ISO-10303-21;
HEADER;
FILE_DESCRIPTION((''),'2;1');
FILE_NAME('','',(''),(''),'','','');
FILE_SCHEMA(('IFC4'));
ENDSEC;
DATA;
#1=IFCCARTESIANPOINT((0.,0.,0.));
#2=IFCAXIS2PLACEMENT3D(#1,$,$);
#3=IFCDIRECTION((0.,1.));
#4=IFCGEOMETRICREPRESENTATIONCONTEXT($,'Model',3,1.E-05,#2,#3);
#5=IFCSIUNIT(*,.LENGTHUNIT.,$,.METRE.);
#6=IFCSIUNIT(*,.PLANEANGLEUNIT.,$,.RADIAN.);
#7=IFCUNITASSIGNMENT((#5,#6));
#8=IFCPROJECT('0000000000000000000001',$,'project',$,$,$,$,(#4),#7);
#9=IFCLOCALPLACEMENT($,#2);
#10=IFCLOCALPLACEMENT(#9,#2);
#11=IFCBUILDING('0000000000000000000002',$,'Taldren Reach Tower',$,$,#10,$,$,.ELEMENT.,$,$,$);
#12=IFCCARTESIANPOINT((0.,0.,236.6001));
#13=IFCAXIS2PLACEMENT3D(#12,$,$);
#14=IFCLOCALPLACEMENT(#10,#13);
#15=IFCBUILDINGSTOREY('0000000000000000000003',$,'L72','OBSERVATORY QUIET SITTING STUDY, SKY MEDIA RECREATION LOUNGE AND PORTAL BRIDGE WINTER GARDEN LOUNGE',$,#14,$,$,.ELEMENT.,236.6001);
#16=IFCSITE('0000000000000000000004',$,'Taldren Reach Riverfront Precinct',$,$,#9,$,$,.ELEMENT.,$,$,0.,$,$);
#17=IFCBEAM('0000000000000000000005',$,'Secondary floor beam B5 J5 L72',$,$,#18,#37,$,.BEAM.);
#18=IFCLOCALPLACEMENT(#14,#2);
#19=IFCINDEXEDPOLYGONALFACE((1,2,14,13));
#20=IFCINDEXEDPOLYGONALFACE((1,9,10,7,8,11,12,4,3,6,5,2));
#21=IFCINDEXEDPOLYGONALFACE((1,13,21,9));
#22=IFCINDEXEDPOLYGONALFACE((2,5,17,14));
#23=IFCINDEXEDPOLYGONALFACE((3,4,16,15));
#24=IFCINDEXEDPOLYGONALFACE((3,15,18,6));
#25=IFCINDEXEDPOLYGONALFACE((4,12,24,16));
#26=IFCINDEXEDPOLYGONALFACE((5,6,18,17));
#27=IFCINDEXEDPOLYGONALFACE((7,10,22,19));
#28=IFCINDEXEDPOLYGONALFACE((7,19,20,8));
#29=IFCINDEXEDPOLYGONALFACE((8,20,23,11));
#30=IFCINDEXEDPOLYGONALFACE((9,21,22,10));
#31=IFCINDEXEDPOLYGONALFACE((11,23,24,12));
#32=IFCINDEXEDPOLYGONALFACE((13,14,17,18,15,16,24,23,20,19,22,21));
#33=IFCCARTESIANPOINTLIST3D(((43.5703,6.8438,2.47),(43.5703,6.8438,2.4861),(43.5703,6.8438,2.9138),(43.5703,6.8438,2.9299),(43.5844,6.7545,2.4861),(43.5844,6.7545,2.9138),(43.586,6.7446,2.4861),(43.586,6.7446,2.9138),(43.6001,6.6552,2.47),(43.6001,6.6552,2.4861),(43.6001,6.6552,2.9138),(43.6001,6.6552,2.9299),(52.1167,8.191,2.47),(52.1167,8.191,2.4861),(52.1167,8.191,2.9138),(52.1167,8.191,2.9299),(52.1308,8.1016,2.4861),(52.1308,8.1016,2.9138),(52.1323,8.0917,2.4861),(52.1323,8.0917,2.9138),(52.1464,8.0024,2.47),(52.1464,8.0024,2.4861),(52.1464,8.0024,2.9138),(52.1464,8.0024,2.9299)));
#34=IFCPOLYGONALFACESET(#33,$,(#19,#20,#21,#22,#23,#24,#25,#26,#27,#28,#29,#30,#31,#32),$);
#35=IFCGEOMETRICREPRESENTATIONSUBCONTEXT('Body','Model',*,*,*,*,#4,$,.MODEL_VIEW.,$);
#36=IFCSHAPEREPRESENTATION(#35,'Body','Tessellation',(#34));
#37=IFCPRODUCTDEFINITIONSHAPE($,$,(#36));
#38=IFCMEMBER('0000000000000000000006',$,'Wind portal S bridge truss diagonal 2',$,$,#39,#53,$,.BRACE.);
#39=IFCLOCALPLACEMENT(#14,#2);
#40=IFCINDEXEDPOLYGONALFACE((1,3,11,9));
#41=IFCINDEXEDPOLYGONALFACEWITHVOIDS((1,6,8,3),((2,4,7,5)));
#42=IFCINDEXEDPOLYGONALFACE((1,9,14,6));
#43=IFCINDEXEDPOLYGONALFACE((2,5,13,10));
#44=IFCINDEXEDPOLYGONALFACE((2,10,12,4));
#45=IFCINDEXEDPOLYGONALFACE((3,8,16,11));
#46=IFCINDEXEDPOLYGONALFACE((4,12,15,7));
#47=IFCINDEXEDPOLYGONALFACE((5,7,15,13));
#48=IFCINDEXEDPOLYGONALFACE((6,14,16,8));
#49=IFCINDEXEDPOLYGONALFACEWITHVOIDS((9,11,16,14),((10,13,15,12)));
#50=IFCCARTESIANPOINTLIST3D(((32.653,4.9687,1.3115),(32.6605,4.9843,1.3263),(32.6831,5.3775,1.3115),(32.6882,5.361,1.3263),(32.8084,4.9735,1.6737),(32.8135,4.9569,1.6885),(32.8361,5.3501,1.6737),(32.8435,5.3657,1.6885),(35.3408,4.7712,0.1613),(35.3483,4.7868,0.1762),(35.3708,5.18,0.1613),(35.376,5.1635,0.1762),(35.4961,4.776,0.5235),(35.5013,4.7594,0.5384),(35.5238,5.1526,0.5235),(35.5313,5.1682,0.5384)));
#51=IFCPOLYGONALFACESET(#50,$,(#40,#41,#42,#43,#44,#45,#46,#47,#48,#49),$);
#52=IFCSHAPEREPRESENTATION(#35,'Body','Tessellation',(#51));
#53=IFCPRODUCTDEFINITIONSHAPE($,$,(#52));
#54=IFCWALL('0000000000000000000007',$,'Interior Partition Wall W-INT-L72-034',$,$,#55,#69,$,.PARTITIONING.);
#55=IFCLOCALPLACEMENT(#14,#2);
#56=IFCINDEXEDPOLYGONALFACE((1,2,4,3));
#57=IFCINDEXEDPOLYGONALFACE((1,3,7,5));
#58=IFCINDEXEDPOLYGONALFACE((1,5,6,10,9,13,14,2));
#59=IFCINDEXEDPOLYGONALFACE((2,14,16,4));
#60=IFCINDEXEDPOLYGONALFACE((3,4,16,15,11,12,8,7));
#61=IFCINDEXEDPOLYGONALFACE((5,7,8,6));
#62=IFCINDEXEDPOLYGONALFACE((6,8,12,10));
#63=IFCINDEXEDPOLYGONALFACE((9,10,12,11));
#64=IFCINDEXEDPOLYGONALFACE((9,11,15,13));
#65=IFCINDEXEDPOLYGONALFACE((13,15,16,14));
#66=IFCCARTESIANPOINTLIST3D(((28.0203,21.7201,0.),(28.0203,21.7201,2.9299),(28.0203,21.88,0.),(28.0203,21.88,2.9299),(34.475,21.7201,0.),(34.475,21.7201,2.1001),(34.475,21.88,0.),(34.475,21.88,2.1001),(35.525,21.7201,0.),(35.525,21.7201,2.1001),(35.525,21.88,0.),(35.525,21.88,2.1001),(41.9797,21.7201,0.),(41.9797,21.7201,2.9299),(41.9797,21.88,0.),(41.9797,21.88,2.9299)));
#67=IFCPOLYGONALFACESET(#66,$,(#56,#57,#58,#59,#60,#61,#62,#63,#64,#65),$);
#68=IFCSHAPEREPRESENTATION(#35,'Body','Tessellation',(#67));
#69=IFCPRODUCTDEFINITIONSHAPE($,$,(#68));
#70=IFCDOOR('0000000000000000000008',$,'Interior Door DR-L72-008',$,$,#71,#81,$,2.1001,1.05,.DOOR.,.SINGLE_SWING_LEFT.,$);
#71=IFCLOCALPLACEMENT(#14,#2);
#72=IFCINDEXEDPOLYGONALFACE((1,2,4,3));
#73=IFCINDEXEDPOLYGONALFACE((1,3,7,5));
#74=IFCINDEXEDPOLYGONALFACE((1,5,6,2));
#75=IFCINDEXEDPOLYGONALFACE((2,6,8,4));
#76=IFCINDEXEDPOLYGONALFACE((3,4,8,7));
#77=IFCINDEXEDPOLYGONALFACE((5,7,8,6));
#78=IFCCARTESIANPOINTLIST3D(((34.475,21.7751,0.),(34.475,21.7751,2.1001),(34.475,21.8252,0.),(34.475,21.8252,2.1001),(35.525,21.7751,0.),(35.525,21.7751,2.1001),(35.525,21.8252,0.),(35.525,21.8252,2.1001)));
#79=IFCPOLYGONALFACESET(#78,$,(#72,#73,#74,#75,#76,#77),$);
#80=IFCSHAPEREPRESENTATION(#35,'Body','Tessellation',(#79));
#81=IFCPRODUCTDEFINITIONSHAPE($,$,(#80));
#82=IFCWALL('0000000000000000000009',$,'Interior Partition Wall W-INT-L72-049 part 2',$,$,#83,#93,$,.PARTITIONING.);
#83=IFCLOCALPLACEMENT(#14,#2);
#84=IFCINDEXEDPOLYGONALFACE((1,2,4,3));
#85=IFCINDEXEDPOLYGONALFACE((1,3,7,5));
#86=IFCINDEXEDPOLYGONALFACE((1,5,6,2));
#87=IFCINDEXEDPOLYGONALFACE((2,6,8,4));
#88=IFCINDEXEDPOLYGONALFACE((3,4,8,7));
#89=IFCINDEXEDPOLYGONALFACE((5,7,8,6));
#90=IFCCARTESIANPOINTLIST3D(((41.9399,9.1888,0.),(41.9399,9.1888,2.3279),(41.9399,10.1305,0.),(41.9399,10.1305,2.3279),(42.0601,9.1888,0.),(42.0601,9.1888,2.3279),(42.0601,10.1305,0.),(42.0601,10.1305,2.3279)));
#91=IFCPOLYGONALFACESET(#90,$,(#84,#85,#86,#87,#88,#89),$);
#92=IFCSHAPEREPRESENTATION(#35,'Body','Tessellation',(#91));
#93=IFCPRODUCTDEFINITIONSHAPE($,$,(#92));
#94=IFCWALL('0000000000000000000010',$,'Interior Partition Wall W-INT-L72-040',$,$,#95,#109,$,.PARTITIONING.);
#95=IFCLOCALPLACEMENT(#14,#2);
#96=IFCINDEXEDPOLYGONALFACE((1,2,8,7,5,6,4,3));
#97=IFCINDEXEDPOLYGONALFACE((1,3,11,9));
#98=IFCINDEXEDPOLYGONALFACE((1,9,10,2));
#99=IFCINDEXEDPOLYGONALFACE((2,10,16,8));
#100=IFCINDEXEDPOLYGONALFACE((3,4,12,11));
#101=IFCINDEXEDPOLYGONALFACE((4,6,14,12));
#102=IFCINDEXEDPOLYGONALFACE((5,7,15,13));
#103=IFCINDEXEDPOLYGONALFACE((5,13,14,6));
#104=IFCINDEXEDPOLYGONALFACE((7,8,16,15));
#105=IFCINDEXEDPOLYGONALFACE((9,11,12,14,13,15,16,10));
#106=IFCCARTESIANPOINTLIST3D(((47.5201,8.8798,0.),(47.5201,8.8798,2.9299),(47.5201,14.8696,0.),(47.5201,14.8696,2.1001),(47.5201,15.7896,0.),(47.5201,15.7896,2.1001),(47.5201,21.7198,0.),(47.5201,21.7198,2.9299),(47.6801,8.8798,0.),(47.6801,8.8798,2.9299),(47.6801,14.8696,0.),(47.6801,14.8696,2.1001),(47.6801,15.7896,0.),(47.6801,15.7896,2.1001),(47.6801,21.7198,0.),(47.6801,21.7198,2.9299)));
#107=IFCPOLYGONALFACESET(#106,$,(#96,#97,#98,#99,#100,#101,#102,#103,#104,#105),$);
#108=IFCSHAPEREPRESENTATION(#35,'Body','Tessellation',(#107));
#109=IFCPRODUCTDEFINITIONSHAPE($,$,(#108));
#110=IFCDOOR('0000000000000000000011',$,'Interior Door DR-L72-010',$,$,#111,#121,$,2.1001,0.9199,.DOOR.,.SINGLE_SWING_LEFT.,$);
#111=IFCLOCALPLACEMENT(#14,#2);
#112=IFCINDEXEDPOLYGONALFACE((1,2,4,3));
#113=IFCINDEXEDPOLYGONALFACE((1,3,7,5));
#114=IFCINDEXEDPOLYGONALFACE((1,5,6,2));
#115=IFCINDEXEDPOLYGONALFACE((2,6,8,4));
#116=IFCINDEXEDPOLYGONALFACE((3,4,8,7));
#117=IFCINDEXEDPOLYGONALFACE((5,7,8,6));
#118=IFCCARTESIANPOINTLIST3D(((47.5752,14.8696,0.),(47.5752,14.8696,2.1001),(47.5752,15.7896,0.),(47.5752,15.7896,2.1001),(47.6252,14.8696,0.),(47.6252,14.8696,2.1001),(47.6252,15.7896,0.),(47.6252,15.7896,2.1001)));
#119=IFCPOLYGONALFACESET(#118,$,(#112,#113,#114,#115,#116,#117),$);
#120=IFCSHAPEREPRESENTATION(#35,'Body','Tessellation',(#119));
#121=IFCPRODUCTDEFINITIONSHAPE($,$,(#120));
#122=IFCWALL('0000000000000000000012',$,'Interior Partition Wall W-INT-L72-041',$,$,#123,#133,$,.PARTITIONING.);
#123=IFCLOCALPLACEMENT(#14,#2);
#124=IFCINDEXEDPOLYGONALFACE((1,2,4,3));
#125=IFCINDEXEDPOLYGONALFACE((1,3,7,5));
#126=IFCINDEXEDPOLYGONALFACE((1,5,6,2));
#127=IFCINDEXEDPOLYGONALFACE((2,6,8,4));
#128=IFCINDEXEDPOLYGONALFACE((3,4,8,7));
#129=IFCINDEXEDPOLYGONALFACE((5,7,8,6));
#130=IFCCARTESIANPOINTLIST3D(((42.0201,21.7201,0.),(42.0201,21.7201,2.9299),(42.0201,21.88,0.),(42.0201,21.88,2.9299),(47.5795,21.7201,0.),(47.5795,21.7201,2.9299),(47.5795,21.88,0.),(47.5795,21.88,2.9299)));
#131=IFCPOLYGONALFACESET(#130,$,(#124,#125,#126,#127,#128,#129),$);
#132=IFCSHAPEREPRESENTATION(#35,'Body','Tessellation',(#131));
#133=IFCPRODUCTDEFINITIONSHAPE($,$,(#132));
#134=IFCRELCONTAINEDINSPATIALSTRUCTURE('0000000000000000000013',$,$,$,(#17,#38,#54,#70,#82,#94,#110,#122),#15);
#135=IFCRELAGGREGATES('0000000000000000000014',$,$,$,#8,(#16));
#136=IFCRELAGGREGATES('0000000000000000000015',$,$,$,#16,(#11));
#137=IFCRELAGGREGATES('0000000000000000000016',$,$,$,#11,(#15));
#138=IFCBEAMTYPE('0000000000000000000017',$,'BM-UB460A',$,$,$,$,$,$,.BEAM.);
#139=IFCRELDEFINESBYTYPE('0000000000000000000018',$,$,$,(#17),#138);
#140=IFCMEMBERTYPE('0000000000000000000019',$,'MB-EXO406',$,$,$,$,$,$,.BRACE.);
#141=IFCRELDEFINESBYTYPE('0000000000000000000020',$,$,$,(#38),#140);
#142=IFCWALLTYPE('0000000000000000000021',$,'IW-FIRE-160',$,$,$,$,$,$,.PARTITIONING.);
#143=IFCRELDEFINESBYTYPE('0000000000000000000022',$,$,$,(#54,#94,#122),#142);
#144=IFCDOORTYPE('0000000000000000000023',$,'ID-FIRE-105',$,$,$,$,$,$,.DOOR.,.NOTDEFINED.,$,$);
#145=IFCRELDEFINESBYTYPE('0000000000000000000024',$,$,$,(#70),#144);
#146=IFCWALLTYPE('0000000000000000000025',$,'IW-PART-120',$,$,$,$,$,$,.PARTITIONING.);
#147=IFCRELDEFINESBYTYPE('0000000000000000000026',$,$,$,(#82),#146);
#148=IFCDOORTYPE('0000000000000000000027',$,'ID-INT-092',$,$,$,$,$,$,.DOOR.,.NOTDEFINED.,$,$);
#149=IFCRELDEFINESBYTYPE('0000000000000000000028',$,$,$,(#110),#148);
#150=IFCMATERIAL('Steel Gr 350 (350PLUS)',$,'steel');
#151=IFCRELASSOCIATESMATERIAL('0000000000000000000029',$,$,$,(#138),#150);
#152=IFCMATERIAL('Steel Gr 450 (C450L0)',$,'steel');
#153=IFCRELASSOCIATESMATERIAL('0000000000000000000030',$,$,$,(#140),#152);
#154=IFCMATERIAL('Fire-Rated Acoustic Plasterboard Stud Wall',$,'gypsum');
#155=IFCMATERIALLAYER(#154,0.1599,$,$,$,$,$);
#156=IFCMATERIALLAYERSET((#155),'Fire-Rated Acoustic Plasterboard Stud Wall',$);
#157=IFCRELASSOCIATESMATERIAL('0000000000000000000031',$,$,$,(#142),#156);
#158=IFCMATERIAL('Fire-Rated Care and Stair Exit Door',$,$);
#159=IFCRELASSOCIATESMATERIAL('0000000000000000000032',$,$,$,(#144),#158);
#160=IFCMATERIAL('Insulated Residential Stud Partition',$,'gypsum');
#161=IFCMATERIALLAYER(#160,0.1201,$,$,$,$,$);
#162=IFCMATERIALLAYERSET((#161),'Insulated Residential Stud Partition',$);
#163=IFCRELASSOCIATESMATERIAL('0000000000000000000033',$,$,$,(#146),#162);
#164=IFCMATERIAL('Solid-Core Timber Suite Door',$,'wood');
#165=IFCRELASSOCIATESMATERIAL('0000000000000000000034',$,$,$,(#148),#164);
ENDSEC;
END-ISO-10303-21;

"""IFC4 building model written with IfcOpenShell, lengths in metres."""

from ifc_helpers import new_model, si_unit, direction, frame, frame_2d, origin, origin_2d, place, context, subcontext, project, spatial, rectangle, hollow_rectangle, i_section, extrude, source, transform, mapped, material, layer, layer_set, material_profile, profile_set, type_object, element, fill, save


model = new_model("IFC4")

# Units and contexts
model_context = context("Model", 3, precision=1e-05, world=origin(), true_north=direction((0.0, 1.0)))
body_context = subcontext(model_context, "Body", "Model", "MODEL_VIEW")
ifc_project = project(units=[si_unit("LENGTHUNIT", "METRE"), si_unit("PLANEANGLEUNIT", "RADIAN")], contexts=[model_context])

# Site, building, storey
site_placement = place(None, origin())
site = spatial("IfcSite", under=ifc_project, at=site_placement, Name="Taldren Reach Riverfront Precinct", CompositionType="ELEMENT", RefElevation=0.0)
building_placement = place(site_placement, origin())
building = spatial("IfcBuilding", under=site, at=building_placement, Name="Taldren Reach Tower", CompositionType="ELEMENT")
storey_placement = place(building_placement, frame((0.0, 0.0, 236.6001)))
storey = spatial("IfcBuildingStorey", under=building, at=storey_placement, Name="L72", Description="OBSERVATORY QUIET SITTING STUDY, SKY MEDIA RECREATION LOUNGE AND PORTAL BRIDGE WINTER GARDEN LOUNGE", CompositionType="ELEMENT", Elevation=236.6001)

# Shared definitions
ifc_material_1 = material(Name="Steel Gr 350 (350PLUS)", Category="steel")
ifc_material_2 = material(Name="Steel Gr 450 (C450L0)", Category="steel")

# Shared definitions
ifc_material_profile_1 = material_profile(ifc_material_1, i_section(OverallWidth=0.1909, OverallDepth=0.46, WebThickness=0.01, FlangeThickness=0.0161, at=origin_2d()), Name="460UB82.1")
ifc_profile_set_1 = profile_set([ifc_material_profile_1], Name="Steel Gr 350 (350PLUS)")
beam_type_1 = type_object("IfcBeamType", Name="BM-UB460A", PredefinedType="BEAM", material=ifc_profile_set_1)

# Beam
shared_shape_1 = source(origin(), body_context, "Body", "SweptSolid", [
    extrude(i_section(OverallWidth=0.1909, OverallDepth=0.46, WebThickness=0.01, FlangeThickness=0.0161, at=origin_2d()), origin(), (0.0, 0.0, 1.0), 8.6519),
])
beam_1_placement = place(storey_placement, frame((43.5852, 6.7495, 2.7), z_axis=(0.987803, 0.155708, 0.0), x_axis=(-0.155708, 0.987803, 0.0)))
element("IfcBeam", 1, at=beam_1_placement, inside=storey, type_object=beam_type_1, Name="Secondary floor beam B5 J5 L72", PredefinedType="BEAM", context=body_context, shape_type="MappedRepresentation", body=[
    mapped(shared_shape_1, transform((0.0, 0.0, 0.0), scale=1.0)),
])

# Member
ifc_material_profile_2 = material_profile(ifc_material_2, hollow_rectangle(XDim=0.4099, YDim=0.4099, WallThickness=0.0161, at=origin_2d()), Name="410x410x16.0SHS")
ifc_profile_set_2 = profile_set([ifc_material_profile_2], Name="Steel Gr 450 (C450L0)")
member_type_1 = type_object("IfcMemberType", Name="MB-EXO406", PredefinedType="BRACE", material=ifc_profile_set_2)
shared_shape_2 = source(origin(), body_context, "Body", "SweptSolid", [
    extrude(hollow_rectangle(XDim=0.4099, YDim=0.4099, WallThickness=0.0161, at=origin_2d()), origin(), (0.0, 0.0, 1.0), 2.9302),
])
member_1_placement = place(storey_placement, frame((32.7483, 5.1672, 1.5), z_axis=(0.91727, -0.067406, -0.392521), x_axis=(0.073288, 0.997311, 0.0)))
element("IfcMember", 2, at=member_1_placement, inside=storey, type_object=member_type_1, Name="Wind portal S bridge truss diagonal 2", PredefinedType="BRACE", context=body_context, shape_type="MappedRepresentation", body=[
    mapped(shared_shape_2, transform((0.0, 0.0, 0.0), scale=1.0)),
])

# Wall, opening, door
ifc_material_3 = material(Name="Fire-Rated Acoustic Plasterboard Stud Wall", Category="gypsum")
ifc_layer_1 = layer(ifc_material_3, 0.1599)
ifc_layer_set_1 = layer_set([ifc_layer_1], Name="Fire-Rated Acoustic Plasterboard Stud Wall")
wall_type_1 = type_object("IfcWallType", Name="IW-FIRE-160", PredefinedType="PARTITIONING", material=ifc_layer_set_1)
shared_shape_3 = source(origin(), body_context, "Body", "SweptSolid", [
    extrude(rectangle(XDim=13.9595, YDim=0.1599, at=frame_2d((6.9797, 0.0))), origin(), (0.0, 0.0, 1.0), 2.9299),
])
wall_1_placement = place(storey_placement, frame((41.9797, 21.8, 0.0), z_axis=(0.0, 0.0, 1.0), x_axis=(-1.0, 0.0, 0.0)))
wall_1 = element("IfcWall", 3, at=wall_1_placement, inside=storey, type_object=wall_type_1, Name="Interior Partition Wall W-INT-L72-034", PredefinedType="PARTITIONING", context=body_context, shape_type="MappedRepresentation", body=[
    mapped(shared_shape_3, transform((0.0, 0.0, 0.0), scale=1.0)),
])
shared_shape_4 = source(origin(), body_context, "Body", "SweptSolid", [
    extrude(rectangle(XDim=1.05, YDim=2.1001, at=frame_2d((0.5249, 1.05))), frame((0.0, 0.0898, 0.0), z_axis=(0.0, -1.0, 0.0), x_axis=(1.0, 0.0, 0.0)), (0.0, 0.0, 1.0), 0.1799),
])
opening_1_placement = place(wall_1_placement, frame((6.4548, 0.0, 0.0)))
opening_1 = element("IfcOpeningElement", 4, at=opening_1_placement, cuts=wall_1, PredefinedType="OPENING", context=body_context, shape_type="MappedRepresentation", body=[
    mapped(shared_shape_4, transform((0.0, 0.0, 0.0), scale=1.0)),
])
ifc_material_4 = material(Name="Fire-Rated Care and Stair Exit Door")
door_type_1 = type_object("IfcDoorType", Name="ID-FIRE-105", OperationType="NOTDEFINED", PredefinedType="DOOR", material=ifc_material_4)
shared_shape_5 = source(origin(), body_context, "Body", "SweptSolid", [
    extrude(rectangle(XDim=1.05, YDim=2.1001, at=frame_2d((0.5249, 1.05))), frame((0.0, 0.0249, 0.0), z_axis=(0.0, -1.0, 0.0), x_axis=(1.0, 0.0, 0.0)), (0.0, 0.0, 1.0), 0.05),
])
door_1_placement = place(opening_1_placement, origin())
door_1 = element("IfcDoor", 5, at=door_1_placement, inside=storey, type_object=door_type_1, Name="Interior Door DR-L72-008", OperationType="SINGLE_SWING_LEFT", OverallHeight=2.1001, OverallWidth=1.05, PredefinedType="DOOR", context=body_context, shape_type="MappedRepresentation", body=[
    mapped(shared_shape_5, transform((0.0, 0.0, 0.0), scale=1.0)),
])
fill(opening_1, door_1)

# Wall
ifc_material_5 = material(Name="Insulated Residential Stud Partition", Category="gypsum")
ifc_layer_2 = layer(ifc_material_5, 0.1201)
ifc_layer_set_2 = layer_set([ifc_layer_2], Name="Insulated Residential Stud Partition")
wall_type_2 = type_object("IfcWallType", Name="IW-PART-120", PredefinedType="PARTITIONING", material=ifc_layer_set_2)
shared_shape_6 = source(origin(), body_context, "Body", "SweptSolid", [
    extrude(rectangle(XDim=0.9417, YDim=0.1201, at=frame_2d((0.4707, 0.0))), origin(), (0.0, 0.0, 1.0), 2.3279),
])
wall_2_placement = place(storey_placement, frame((42.0, 10.1304, 0.0), z_axis=(0.0, 0.0, 1.0), x_axis=(0.0, -1.0, 0.0)))
element("IfcWall", 6, at=wall_2_placement, inside=storey, type_object=wall_type_2, Name="Interior Partition Wall W-INT-L72-049 part 2", PredefinedType="PARTITIONING", context=body_context, shape_type="MappedRepresentation", body=[
    mapped(shared_shape_6, transform((0.0, 0.0, 0.0), scale=1.0)),
])

# Wall, opening, door
shared_shape_7 = source(origin(), body_context, "Body", "SweptSolid", [
    extrude(rectangle(XDim=12.8401, YDim=0.1599, at=frame_2d((6.4199, 0.0))), origin(), (0.0, 0.0, 1.0), 2.9299),
])
wall_3_placement = place(storey_placement, frame((47.6001, 8.8799, 0.0), z_axis=(0.0, 0.0, 1.0), x_axis=(0.0, 1.0, 0.0)))
wall_3 = element("IfcWall", 7, at=wall_3_placement, inside=storey, type_object=wall_type_1, Name="Interior Partition Wall W-INT-L72-040", PredefinedType="PARTITIONING", context=body_context, shape_type="MappedRepresentation", body=[
    mapped(shared_shape_7, transform((0.0, 0.0, 0.0), scale=1.0)),
])
shared_shape_8 = source(origin(), body_context, "Body", "SweptSolid", [
    extrude(rectangle(XDim=0.9199, YDim=2.1001, at=frame_2d((0.46, 1.05))), frame((0.0, 0.0898, 0.0), z_axis=(0.0, -1.0, 0.0), x_axis=(1.0, 0.0, 0.0)), (0.0, 0.0, 1.0), 0.1799),
])
opening_2_placement = place(wall_3_placement, frame((5.9897, 0.0, 0.0)))
opening_2 = element("IfcOpeningElement", 8, at=opening_2_placement, cuts=wall_3, PredefinedType="OPENING", context=body_context, shape_type="MappedRepresentation", body=[
    mapped(shared_shape_8, transform((0.0, 0.0, 0.0), scale=1.0)),
])
ifc_material_6 = material(Name="Solid-Core Timber Suite Door", Category="wood")
door_type_2 = type_object("IfcDoorType", Name="ID-INT-092", OperationType="NOTDEFINED", PredefinedType="DOOR", material=ifc_material_6)
shared_shape_9 = source(origin(), body_context, "Body", "SweptSolid", [
    extrude(rectangle(XDim=0.9199, YDim=2.1001, at=frame_2d((0.46, 1.05))), frame((0.0, 0.0249, 0.0), z_axis=(0.0, -1.0, 0.0), x_axis=(1.0, 0.0, 0.0)), (0.0, 0.0, 1.0), 0.05),
])
door_2_placement = place(opening_2_placement, origin())
door_2 = element("IfcDoor", 9, at=door_2_placement, inside=storey, type_object=door_type_2, Name="Interior Door DR-L72-010", OperationType="SINGLE_SWING_LEFT", OverallHeight=2.1001, OverallWidth=0.9199, PredefinedType="DOOR", context=body_context, shape_type="MappedRepresentation", body=[
    mapped(shared_shape_9, transform((0.0, 0.0, 0.0), scale=1.0)),
])
fill(opening_2, door_2)

# Wall
shared_shape_10 = source(origin(), body_context, "Body", "SweptSolid", [
    extrude(rectangle(XDim=5.5593, YDim=0.1599, at=frame_2d((2.7798, 0.0))), origin(), (0.0, 0.0, 1.0), 2.9299),
])
wall_4_placement = place(storey_placement, frame((47.5796, 21.8, 0.0), z_axis=(0.0, 0.0, 1.0), x_axis=(-1.0, 0.0, 0.0)))
element("IfcWall", 10, at=wall_4_placement, inside=storey, type_object=wall_type_1, Name="Interior Partition Wall W-INT-L72-041", PredefinedType="PARTITIONING", context=body_context, shape_type="MappedRepresentation", body=[
    mapped(shared_shape_10, transform((0.0, 0.0, 0.0), scale=1.0)),
])

save(model, "model.ifc")
